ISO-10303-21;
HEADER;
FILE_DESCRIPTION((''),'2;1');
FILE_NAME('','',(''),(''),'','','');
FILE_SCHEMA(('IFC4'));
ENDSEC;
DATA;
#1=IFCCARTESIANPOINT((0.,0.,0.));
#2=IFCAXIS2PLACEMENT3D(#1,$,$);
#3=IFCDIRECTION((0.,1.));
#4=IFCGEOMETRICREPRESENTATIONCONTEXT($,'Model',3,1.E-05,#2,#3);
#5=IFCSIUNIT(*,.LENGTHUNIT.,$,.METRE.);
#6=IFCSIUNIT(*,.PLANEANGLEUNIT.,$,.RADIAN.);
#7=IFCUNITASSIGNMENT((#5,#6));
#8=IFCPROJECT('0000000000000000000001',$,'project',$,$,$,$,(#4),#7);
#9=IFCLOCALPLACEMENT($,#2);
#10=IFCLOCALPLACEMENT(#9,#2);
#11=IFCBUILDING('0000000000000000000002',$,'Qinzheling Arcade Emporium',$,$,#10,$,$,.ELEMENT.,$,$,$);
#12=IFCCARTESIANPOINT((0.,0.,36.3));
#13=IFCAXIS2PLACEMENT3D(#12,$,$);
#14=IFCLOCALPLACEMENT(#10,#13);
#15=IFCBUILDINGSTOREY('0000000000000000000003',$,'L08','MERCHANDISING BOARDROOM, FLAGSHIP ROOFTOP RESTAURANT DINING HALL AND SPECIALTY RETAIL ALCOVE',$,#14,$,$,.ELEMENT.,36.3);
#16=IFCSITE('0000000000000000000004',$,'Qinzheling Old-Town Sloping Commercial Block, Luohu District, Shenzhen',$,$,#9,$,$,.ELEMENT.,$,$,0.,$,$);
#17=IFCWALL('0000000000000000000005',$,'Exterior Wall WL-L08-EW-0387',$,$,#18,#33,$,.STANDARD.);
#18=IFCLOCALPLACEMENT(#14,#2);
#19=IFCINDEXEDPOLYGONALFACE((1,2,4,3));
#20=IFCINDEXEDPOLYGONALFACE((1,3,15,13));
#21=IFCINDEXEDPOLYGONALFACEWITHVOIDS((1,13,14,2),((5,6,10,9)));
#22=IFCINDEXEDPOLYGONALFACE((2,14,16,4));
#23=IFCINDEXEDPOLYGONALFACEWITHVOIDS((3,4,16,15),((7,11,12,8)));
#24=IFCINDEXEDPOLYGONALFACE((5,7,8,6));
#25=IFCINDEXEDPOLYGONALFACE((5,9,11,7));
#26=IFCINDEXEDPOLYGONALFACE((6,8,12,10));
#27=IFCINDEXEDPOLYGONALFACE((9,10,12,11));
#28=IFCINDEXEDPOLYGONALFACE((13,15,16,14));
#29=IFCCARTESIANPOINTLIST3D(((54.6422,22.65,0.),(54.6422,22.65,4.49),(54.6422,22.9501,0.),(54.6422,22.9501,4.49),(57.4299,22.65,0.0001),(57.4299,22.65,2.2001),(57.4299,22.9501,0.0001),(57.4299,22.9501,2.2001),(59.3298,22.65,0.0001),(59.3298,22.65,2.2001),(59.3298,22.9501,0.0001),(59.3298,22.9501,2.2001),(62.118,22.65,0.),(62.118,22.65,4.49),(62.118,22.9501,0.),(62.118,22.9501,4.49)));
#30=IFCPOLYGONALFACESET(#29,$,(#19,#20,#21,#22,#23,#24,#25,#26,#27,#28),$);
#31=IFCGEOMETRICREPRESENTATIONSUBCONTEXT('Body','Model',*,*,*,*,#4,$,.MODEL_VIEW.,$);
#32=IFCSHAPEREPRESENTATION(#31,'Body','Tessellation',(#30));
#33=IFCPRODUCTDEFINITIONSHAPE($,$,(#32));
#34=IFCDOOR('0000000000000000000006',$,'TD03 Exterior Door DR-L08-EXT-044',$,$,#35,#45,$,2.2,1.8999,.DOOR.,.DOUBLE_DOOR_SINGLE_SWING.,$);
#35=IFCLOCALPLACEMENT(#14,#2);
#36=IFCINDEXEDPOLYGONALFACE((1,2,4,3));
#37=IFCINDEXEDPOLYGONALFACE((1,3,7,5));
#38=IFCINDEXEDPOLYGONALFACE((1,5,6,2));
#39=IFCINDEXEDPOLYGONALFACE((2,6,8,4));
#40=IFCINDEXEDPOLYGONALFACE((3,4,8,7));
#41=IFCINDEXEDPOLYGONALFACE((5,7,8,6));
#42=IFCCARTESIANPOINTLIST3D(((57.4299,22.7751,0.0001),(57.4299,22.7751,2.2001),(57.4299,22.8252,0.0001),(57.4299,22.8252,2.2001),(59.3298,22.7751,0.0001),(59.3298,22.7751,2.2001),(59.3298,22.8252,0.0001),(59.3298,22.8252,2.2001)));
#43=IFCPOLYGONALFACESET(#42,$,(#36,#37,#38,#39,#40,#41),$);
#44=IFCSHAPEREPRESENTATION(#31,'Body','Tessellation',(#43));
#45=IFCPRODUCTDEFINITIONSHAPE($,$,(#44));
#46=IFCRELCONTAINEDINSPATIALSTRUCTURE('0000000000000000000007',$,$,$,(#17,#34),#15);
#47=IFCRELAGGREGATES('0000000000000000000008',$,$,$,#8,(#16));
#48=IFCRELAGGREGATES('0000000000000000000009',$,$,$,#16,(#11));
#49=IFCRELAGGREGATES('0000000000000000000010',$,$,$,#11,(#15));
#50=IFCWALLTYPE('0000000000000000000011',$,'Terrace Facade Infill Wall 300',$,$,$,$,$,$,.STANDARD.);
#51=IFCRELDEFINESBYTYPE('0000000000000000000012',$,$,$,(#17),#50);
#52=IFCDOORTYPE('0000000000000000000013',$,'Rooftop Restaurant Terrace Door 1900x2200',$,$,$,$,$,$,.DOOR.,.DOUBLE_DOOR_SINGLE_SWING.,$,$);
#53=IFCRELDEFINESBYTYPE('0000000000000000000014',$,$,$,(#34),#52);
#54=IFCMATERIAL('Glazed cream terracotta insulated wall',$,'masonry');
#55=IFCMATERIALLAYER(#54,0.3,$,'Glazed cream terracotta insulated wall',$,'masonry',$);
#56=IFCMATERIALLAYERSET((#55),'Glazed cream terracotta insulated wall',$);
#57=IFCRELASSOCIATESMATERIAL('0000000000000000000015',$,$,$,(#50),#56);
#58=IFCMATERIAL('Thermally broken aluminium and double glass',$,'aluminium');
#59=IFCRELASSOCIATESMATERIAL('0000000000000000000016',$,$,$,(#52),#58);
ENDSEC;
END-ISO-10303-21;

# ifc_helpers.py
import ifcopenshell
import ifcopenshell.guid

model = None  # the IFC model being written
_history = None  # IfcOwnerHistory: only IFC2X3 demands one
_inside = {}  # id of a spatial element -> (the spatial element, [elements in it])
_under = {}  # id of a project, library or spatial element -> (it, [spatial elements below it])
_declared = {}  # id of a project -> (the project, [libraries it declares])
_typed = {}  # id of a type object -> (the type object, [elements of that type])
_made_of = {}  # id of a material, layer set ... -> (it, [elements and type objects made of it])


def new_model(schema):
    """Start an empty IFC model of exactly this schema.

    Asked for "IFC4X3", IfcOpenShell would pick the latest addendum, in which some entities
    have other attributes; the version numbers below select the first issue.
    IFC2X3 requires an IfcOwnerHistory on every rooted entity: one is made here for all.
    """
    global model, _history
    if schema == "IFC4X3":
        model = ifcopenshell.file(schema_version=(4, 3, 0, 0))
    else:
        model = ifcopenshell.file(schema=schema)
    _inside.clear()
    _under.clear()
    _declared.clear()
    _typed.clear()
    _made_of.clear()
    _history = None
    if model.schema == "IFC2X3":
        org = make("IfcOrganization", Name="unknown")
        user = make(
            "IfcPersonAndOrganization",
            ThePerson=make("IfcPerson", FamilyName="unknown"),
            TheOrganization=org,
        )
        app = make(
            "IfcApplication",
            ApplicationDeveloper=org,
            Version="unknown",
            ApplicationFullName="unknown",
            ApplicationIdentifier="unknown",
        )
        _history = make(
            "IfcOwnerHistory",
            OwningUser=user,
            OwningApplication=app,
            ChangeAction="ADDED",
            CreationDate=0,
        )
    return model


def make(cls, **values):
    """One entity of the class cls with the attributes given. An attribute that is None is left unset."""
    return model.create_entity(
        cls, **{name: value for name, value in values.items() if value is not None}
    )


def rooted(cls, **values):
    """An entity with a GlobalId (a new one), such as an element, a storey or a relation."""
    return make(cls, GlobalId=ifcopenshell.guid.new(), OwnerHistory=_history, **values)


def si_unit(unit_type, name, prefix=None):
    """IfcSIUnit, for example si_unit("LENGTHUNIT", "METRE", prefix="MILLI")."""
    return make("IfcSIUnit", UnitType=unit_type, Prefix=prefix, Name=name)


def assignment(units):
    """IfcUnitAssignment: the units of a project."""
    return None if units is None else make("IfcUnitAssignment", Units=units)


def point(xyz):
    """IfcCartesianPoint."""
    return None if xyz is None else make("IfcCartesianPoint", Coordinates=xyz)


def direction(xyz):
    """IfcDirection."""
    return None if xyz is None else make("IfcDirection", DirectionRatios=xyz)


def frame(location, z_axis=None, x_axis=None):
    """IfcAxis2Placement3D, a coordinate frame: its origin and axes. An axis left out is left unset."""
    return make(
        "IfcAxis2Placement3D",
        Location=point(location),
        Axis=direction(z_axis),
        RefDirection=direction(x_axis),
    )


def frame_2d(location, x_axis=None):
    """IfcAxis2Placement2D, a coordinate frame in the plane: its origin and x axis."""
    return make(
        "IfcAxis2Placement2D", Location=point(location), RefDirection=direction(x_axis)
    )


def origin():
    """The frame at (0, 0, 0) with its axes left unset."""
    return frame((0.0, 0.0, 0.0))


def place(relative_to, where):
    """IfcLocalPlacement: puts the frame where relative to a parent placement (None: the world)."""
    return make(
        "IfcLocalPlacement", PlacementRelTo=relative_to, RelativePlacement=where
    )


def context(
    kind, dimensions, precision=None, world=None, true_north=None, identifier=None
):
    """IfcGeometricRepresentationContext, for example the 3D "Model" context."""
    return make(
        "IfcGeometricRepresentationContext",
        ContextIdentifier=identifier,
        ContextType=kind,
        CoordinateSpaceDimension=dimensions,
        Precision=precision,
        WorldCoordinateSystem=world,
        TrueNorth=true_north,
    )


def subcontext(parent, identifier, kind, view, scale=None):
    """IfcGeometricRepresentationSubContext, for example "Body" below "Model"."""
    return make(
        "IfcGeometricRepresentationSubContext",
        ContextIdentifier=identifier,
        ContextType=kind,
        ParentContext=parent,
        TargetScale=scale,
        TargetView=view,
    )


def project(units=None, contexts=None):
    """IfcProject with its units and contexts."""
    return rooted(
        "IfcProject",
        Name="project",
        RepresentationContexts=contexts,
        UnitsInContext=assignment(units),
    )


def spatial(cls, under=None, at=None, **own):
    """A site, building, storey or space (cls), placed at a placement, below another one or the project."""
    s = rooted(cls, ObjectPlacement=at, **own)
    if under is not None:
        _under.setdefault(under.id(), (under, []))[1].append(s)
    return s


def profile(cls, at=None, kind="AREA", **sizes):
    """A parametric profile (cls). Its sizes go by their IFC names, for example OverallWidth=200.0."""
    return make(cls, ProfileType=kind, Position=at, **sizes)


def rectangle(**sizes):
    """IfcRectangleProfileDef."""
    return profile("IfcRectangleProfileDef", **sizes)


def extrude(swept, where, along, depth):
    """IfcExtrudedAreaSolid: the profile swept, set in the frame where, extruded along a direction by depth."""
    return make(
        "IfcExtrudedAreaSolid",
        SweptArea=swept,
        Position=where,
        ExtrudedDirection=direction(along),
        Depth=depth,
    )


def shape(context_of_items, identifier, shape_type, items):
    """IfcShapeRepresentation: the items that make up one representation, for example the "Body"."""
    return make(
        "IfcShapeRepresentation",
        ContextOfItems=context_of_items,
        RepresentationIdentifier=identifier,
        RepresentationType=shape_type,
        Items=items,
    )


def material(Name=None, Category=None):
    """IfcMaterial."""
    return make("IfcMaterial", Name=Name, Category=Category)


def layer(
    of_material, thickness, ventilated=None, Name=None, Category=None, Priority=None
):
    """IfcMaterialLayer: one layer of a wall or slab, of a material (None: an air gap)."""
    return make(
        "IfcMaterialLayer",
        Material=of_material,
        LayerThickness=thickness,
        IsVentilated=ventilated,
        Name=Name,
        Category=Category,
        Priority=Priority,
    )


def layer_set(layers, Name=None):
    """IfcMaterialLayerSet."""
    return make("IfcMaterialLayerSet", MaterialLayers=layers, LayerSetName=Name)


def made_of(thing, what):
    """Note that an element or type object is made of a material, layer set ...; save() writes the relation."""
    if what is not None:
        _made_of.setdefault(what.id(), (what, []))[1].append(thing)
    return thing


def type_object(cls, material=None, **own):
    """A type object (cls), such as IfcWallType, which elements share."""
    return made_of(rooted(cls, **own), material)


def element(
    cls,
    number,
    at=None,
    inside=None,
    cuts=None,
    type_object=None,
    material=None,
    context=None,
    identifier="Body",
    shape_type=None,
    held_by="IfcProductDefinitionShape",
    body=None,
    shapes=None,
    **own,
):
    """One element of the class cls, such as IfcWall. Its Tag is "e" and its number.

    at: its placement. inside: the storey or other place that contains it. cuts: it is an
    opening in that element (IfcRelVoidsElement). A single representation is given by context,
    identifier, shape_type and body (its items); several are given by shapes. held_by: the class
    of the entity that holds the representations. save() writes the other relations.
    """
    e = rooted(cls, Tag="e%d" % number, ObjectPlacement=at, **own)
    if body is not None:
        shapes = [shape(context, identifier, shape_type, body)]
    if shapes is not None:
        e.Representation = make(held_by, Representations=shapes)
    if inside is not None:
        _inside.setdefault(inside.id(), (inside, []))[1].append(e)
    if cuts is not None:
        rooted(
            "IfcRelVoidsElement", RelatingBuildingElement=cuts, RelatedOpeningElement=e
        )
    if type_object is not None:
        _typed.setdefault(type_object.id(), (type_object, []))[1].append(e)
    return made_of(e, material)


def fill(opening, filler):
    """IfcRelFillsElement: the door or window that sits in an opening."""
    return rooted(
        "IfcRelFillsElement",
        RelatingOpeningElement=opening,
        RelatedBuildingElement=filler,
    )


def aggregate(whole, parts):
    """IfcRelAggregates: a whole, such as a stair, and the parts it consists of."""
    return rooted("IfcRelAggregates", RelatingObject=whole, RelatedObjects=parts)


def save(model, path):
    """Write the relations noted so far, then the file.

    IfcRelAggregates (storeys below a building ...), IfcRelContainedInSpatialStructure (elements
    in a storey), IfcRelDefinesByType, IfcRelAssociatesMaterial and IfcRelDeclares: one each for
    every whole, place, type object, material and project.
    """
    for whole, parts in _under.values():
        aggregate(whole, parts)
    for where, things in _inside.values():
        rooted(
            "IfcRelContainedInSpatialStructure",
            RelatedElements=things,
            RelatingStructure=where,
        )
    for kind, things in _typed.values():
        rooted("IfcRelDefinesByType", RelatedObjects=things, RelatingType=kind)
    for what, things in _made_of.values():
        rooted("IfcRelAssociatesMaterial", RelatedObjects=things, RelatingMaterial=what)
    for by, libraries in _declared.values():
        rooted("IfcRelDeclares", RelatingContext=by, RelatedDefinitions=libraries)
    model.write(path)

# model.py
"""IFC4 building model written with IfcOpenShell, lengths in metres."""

from ifc_helpers import new_model, si_unit, direction, frame, frame_2d, origin, place, context, subcontext, project, spatial, rectangle, extrude, material, layer, layer_set, type_object, element, fill, save


model = new_model("IFC4")

# Units and contexts
model_context = context("Model", 3, precision=1e-05, world=origin(), true_north=direction((0.0, 1.0)))
body_context = subcontext(model_context, "Body", "Model", "MODEL_VIEW")
ifc_project = project(units=[si_unit("LENGTHUNIT", "METRE"), si_unit("PLANEANGLEUNIT", "RADIAN")], contexts=[model_context])

# Site, building, storey
site_placement = place(None, origin())
site = spatial("IfcSite", under=ifc_project, at=site_placement, Name="Qinzheling Old-Town Sloping Commercial Block, Luohu District, Shenzhen", CompositionType="ELEMENT", RefElevation=0.0)
building_placement = place(site_placement, origin())
building = spatial("IfcBuilding", under=site, at=building_placement, Name="Qinzheling Arcade Emporium", CompositionType="ELEMENT")
storey_placement = place(building_placement, frame((0.0, 0.0, 36.3)))
storey = spatial("IfcBuildingStorey", under=building, at=storey_placement, Name="L08", Description="MERCHANDISING BOARDROOM, FLAGSHIP ROOFTOP RESTAURANT DINING HALL AND SPECIALTY RETAIL ALCOVE", CompositionType="ELEMENT", Elevation=36.3)

# Wall, opening, door
ifc_material_1 = material(Name="Glazed cream terracotta insulated wall", Category="masonry")
ifc_layer_1 = layer(ifc_material_1, 0.3, Name="Glazed cream terracotta insulated wall", Category="masonry")
ifc_layer_set_1 = layer_set([ifc_layer_1], Name="Glazed cream terracotta insulated wall")
wall_type_1 = type_object("IfcWallType", Name="Terrace Facade Infill Wall 300", PredefinedType="STANDARD", material=ifc_layer_set_1)
wall_1_placement = place(storey_placement, frame((62.1179, 22.8, 0.0), z_axis=(0.0, 0.0, 1.0), x_axis=(-1.0, 0.0, 0.0)))
wall_1 = element("IfcWall", 1, at=wall_1_placement, inside=storey, type_object=wall_type_1, Name="Exterior Wall WL-L08-EW-0387", PredefinedType="STANDARD", context=body_context, shape_type="SweptSolid", body=[
    extrude(rectangle(XDim=7.4758, YDim=0.3, at=frame_2d((3.7378, 0.0))), origin(), (0.0, 0.0, 1.0), 4.49),
])
opening_1_placement = place(wall_1_placement, frame((2.7881, 0.0, 0.0)))
opening_1 = element("IfcOpeningElement", 2, at=opening_1_placement, cuts=wall_1, PredefinedType="OPENING", context=body_context, shape_type="SweptSolid", body=[
    extrude(rectangle(XDim=1.8999, YDim=2.2, at=frame_2d((0.95, 1.1001))), frame((0.0, 0.1602, 0.0), z_axis=(0.0, -1.0, 0.0), x_axis=(1.0, 0.0, 0.0)), (0.0, 0.0, 1.0), 0.3201),
])
ifc_material_2 = material(Name="Thermally broken aluminium and double glass", Category="aluminium")
door_type_1 = type_object("IfcDoorType", Name="Rooftop Restaurant Terrace Door 1900x2200", OperationType="DOUBLE_DOOR_SINGLE_SWING", PredefinedType="DOOR", material=ifc_material_2)
door_1_placement = place(opening_1_placement, origin())
door_1 = element("IfcDoor", 3, at=door_1_placement, inside=storey, type_object=door_type_1, Name="TD03 Exterior Door DR-L08-EXT-044", OperationType="DOUBLE_DOOR_SINGLE_SWING", OverallHeight=2.2, OverallWidth=1.8999, PredefinedType="DOOR", context=body_context, shape_type="SweptSolid", body=[
    extrude(rectangle(XDim=1.8999, YDim=2.2, at=frame_2d((0.95, 1.1001))), frame((0.0, 0.0249, 0.0), z_axis=(0.0, -1.0, 0.0), x_axis=(1.0, 0.0, 0.0)), (0.0, 0.0, 1.0), 0.05),
])
fill(opening_1, door_1)

save(model, "model.ifc")
